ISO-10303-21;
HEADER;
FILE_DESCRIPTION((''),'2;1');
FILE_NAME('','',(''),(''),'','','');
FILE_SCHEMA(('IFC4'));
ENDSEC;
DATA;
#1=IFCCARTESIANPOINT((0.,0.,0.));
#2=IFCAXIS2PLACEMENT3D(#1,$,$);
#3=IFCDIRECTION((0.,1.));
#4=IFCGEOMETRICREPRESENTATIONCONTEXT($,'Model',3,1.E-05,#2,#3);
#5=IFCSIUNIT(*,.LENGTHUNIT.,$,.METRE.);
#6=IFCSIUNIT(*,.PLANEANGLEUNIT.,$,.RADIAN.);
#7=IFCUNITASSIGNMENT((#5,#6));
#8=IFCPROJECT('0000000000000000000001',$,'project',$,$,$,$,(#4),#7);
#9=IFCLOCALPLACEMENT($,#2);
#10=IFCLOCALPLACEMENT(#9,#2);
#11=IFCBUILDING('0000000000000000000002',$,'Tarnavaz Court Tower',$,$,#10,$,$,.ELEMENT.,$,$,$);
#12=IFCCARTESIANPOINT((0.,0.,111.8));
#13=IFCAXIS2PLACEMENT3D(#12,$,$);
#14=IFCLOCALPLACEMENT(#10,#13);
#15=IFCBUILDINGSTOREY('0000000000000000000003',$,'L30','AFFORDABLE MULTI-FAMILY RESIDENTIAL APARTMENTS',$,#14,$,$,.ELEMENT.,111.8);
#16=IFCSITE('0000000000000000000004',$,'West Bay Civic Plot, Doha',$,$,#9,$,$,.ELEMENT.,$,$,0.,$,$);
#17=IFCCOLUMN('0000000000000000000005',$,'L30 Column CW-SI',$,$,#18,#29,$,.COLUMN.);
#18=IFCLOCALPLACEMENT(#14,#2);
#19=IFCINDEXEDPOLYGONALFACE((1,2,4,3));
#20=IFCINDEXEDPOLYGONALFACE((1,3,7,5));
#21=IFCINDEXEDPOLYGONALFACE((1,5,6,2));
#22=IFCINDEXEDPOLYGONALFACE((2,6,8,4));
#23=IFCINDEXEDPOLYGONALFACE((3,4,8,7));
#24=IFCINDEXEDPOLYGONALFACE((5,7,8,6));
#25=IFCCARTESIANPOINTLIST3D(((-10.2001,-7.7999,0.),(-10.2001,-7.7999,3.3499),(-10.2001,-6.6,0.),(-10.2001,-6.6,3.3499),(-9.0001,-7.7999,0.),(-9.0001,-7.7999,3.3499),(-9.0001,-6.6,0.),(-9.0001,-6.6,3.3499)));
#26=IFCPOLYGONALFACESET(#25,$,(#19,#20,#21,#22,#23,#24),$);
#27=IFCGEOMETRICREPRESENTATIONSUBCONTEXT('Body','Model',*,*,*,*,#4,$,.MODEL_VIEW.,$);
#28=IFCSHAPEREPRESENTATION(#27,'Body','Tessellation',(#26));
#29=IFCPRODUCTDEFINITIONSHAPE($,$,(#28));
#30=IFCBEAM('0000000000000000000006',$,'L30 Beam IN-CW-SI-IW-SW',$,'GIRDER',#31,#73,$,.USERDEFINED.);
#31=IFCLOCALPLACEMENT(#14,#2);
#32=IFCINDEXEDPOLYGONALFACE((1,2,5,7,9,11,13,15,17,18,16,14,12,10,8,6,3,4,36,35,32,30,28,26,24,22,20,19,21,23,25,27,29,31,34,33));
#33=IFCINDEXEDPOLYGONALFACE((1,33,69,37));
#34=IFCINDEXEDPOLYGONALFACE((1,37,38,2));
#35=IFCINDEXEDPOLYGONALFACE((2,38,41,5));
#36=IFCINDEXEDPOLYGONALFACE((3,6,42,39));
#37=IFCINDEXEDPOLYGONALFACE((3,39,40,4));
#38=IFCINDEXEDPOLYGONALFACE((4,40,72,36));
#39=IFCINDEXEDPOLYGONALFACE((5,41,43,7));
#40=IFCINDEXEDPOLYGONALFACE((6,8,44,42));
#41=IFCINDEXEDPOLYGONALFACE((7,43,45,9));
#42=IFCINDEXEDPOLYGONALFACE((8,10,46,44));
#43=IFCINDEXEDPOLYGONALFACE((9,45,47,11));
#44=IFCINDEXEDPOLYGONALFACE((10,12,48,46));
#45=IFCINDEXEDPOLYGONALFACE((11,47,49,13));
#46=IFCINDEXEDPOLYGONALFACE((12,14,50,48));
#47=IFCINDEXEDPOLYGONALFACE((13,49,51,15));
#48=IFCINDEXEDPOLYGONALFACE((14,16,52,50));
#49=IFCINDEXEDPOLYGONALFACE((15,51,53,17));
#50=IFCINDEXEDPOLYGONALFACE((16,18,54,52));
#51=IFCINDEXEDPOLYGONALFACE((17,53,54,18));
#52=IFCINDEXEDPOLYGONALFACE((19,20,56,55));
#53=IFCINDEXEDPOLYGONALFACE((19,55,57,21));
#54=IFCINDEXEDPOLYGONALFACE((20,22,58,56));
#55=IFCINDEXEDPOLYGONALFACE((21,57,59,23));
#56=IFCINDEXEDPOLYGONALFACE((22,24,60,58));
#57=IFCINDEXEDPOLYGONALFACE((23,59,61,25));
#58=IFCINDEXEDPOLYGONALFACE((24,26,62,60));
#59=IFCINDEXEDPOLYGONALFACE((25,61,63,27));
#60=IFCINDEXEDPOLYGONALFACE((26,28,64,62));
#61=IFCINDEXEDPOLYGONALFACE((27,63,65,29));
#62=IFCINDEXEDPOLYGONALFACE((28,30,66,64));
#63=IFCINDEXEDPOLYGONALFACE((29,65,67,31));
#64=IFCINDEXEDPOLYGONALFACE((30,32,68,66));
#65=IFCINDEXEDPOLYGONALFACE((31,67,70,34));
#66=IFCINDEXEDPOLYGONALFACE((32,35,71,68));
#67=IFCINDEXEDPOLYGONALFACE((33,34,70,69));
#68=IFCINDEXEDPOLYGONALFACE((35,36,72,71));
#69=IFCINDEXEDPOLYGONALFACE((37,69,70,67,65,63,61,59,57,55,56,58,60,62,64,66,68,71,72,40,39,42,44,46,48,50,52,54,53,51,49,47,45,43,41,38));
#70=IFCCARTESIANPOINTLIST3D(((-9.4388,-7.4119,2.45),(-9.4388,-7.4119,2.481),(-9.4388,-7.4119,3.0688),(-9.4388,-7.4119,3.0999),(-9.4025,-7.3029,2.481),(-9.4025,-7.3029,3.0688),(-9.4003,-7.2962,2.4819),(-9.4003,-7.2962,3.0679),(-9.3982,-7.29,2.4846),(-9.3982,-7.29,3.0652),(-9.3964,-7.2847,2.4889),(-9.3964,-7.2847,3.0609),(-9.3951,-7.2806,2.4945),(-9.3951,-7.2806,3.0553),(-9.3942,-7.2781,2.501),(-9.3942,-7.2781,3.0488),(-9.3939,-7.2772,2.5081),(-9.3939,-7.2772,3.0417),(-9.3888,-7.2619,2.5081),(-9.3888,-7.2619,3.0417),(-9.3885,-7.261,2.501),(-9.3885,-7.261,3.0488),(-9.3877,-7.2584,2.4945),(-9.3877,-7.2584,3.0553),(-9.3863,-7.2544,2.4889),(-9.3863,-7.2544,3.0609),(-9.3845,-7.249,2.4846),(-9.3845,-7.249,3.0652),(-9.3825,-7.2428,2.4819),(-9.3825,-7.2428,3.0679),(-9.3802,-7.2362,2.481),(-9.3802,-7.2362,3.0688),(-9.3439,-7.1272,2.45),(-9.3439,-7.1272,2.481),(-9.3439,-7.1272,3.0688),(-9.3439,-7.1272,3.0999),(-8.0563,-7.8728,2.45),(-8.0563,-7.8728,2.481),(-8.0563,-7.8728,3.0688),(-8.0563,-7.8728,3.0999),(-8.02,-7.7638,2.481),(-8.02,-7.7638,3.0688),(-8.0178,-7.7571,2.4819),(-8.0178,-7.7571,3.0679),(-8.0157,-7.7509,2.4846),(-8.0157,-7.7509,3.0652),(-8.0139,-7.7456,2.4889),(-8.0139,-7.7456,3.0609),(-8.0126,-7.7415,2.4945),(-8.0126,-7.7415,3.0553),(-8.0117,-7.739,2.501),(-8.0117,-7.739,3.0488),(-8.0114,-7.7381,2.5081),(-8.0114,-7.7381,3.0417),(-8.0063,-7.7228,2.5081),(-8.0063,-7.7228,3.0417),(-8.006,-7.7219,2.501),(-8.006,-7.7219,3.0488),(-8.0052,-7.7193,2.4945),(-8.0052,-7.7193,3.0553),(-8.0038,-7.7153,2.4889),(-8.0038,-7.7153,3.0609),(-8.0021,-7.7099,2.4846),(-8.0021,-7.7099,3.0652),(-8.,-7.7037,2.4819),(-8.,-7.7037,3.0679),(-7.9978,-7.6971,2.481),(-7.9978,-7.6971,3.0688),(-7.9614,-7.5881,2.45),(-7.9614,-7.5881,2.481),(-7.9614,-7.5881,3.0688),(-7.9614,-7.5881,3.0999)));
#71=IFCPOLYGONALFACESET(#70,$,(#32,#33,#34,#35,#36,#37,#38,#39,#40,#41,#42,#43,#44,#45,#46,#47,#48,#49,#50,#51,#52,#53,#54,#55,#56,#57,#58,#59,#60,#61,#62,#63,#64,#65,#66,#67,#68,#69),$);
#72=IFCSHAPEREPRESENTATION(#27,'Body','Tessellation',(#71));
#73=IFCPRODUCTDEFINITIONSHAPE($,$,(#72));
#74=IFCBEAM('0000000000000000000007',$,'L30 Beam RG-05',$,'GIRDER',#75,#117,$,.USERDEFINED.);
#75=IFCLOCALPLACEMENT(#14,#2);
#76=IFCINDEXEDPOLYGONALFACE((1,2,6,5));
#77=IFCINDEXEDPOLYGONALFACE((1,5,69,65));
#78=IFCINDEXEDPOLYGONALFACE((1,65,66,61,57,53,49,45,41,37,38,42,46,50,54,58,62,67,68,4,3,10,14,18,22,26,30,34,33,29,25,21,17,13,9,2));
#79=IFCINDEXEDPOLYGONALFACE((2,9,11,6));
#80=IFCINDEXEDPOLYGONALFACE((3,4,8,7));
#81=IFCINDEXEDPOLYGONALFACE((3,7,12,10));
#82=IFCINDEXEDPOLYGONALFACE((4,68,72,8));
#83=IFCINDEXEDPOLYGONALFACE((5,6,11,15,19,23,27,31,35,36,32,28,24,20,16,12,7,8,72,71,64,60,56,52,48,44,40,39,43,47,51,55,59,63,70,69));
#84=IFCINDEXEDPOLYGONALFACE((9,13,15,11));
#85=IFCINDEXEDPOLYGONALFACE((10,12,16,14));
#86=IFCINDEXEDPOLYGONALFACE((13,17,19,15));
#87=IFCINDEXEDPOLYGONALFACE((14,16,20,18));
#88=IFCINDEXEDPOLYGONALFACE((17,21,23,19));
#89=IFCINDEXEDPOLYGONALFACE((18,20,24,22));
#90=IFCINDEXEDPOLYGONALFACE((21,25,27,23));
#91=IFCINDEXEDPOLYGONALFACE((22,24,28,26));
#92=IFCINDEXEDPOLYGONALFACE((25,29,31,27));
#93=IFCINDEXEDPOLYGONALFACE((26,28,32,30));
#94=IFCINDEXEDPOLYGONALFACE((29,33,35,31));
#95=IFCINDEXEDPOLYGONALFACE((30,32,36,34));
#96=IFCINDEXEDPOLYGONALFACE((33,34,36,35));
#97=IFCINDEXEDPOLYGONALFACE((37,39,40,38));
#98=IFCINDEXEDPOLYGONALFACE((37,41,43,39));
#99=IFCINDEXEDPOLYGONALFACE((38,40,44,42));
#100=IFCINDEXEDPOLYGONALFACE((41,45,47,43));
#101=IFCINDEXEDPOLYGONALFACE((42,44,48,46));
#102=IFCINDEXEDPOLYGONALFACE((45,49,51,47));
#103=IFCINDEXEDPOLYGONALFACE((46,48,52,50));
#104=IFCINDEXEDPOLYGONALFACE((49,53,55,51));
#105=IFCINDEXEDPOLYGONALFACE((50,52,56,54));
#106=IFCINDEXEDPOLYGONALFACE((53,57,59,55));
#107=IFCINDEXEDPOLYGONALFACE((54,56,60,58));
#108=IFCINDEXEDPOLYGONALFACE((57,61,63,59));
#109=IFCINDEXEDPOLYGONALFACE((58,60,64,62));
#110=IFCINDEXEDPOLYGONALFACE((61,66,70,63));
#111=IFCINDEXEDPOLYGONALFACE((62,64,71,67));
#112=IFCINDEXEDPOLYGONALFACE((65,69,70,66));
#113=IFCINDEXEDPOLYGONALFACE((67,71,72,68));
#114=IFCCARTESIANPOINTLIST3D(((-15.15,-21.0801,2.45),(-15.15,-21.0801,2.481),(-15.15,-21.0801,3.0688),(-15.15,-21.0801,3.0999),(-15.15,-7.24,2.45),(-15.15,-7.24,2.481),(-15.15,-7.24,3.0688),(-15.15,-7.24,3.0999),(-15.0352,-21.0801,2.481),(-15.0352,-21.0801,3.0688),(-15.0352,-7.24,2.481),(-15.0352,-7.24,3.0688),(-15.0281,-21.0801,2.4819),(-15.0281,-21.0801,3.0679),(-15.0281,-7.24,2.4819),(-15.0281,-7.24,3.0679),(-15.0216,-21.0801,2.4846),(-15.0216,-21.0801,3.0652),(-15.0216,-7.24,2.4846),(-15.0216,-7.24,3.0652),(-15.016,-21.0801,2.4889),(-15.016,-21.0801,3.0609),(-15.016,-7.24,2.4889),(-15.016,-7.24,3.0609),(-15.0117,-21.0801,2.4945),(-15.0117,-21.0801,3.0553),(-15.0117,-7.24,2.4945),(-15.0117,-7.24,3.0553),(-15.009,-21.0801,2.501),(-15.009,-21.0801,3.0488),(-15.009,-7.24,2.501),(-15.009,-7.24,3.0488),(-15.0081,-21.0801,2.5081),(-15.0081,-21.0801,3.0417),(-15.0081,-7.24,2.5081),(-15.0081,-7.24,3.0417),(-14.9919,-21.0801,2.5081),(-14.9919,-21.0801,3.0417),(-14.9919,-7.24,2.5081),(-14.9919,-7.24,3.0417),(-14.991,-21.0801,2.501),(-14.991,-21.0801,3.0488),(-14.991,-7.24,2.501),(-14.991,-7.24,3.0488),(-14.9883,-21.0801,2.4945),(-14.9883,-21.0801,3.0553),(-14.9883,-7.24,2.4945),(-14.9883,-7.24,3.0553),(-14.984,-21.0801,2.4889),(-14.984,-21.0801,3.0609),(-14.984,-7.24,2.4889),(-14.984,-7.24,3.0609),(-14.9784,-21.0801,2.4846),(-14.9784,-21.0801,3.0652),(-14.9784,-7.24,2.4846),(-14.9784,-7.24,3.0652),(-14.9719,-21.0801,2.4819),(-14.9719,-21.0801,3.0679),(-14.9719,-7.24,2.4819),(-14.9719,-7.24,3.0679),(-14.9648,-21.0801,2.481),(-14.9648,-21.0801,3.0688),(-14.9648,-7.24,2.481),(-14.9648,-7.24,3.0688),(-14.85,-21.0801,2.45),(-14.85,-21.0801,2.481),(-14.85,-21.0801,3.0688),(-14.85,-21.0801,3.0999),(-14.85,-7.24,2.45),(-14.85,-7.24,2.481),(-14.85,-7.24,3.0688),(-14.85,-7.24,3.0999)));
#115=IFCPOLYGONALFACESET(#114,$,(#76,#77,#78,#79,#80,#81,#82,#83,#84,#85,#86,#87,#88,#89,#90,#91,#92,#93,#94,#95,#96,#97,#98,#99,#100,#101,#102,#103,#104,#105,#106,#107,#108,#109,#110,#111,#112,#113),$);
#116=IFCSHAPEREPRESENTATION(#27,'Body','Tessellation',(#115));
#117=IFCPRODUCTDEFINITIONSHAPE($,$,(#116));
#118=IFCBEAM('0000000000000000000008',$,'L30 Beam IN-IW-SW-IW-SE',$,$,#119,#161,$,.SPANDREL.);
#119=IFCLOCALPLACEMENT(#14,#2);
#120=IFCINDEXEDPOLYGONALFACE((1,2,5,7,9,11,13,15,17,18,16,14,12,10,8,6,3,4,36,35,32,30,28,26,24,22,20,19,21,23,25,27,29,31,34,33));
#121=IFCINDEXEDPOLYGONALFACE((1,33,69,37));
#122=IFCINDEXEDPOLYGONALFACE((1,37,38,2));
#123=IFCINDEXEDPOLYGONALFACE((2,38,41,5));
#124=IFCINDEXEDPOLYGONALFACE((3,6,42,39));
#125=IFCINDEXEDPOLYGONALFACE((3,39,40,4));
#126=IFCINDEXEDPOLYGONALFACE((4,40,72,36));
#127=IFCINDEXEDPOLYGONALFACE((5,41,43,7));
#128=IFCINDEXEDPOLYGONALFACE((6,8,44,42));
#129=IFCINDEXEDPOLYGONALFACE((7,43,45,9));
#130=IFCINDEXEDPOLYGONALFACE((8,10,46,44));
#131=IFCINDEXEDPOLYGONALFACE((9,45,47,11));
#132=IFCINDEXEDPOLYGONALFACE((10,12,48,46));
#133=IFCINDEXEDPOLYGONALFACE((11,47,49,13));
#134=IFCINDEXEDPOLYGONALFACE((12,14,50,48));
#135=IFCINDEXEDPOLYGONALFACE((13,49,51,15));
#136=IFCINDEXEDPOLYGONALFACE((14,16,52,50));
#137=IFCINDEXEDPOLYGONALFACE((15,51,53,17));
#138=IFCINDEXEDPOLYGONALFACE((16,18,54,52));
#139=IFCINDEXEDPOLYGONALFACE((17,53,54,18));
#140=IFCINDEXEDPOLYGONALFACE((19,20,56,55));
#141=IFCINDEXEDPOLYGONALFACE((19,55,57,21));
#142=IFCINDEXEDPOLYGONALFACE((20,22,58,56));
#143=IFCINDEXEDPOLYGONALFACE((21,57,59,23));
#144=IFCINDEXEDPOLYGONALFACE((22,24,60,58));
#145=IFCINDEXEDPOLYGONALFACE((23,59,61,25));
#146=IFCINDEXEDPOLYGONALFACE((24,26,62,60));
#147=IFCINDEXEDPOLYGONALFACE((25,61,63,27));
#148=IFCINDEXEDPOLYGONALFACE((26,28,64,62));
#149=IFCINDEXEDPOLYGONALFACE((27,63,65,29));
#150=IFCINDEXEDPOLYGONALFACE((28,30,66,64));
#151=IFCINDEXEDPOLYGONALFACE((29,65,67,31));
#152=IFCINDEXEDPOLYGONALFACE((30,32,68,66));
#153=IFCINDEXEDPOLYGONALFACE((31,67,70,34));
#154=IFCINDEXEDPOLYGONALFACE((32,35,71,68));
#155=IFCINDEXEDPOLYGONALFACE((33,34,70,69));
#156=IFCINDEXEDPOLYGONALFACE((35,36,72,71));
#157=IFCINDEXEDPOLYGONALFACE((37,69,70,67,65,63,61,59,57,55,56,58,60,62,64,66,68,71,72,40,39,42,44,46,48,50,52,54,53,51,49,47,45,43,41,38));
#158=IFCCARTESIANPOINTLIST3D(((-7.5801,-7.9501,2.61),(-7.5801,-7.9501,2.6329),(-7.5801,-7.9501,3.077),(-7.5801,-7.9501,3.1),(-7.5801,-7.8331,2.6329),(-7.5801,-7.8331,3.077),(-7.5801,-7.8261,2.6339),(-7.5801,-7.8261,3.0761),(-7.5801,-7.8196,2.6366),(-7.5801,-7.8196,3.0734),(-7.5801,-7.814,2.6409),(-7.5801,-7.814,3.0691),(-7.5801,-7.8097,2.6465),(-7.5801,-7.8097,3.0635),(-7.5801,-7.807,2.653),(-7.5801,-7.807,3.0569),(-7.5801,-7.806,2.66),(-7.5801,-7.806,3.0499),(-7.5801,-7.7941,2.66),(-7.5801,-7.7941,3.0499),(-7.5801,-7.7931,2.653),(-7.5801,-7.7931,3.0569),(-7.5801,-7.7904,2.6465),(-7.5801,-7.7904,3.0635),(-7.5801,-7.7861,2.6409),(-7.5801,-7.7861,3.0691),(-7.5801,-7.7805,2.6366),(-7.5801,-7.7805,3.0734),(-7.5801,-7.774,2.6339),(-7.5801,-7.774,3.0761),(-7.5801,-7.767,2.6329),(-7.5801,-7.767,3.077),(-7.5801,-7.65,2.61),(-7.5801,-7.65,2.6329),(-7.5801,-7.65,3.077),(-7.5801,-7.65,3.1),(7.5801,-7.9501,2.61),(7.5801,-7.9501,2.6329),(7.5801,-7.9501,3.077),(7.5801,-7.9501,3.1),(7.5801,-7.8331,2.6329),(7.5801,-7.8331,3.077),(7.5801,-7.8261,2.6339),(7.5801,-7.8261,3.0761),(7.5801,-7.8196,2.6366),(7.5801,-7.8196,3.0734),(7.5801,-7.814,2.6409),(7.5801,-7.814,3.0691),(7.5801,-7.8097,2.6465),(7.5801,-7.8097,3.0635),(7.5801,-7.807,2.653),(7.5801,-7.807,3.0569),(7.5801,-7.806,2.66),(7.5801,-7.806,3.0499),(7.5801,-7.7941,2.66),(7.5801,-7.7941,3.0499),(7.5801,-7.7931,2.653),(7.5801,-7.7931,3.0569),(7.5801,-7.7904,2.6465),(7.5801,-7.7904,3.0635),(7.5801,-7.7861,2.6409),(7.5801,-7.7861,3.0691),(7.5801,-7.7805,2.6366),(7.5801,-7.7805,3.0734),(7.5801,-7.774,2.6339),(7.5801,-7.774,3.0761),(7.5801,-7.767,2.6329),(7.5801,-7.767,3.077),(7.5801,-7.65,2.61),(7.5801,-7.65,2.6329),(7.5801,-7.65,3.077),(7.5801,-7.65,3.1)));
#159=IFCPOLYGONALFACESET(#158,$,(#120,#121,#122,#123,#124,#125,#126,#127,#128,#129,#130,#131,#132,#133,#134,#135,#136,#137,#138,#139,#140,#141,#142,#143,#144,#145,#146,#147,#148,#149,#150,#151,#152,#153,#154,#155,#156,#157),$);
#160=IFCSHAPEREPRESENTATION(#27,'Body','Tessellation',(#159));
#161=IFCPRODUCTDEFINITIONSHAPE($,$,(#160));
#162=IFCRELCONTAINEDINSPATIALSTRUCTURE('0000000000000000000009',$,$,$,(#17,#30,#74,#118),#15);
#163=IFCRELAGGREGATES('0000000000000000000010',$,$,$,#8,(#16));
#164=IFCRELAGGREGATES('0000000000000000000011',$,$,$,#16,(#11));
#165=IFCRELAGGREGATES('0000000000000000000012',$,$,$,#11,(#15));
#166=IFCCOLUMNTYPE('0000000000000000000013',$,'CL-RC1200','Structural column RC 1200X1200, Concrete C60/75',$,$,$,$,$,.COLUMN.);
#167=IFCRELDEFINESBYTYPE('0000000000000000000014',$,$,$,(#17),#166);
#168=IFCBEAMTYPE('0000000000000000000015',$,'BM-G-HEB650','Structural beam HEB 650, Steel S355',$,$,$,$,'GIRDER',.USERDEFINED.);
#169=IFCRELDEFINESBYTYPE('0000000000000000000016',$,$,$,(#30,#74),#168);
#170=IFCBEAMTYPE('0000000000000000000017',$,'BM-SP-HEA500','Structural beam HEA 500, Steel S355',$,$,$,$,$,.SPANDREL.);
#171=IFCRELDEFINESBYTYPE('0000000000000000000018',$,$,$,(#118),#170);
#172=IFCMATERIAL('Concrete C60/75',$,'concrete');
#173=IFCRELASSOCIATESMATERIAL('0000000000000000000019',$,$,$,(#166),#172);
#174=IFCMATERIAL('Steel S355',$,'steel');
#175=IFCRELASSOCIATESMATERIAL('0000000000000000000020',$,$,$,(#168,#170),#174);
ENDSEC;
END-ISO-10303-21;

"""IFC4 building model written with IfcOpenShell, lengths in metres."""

from ifc_helpers import new_model, si_unit, direction, frame, origin, origin_2d, place, context, subcontext, project, spatial, rectangle, i_section, extrude, material, material_profile, profile_set, type_object, element, save


model = new_model("IFC4")

# Units and contexts
model_context = context("Model", 3, precision=1e-05, world=origin(), true_north=direction((0.0, 1.0)))
body_context = subcontext(model_context, "Body", "Model", "MODEL_VIEW")
ifc_project = project(units=[si_unit("LENGTHUNIT", "METRE"), si_unit("PLANEANGLEUNIT", "RADIAN")], contexts=[model_context])

# Site, building, storey
site_placement = place(None, origin())
site = spatial("IfcSite", under=ifc_project, at=site_placement, Name="West Bay Civic Plot, Doha", CompositionType="ELEMENT", RefElevation=0.0)
building_placement = place(site_placement, origin())
building = spatial("IfcBuilding", under=site, at=building_placement, Name="Tarnavaz Court Tower", CompositionType="ELEMENT")
storey_placement = place(building_placement, frame((0.0, 0.0, 111.8)))
storey = spatial("IfcBuildingStorey", under=building, at=storey_placement, Name="L30", Description="AFFORDABLE MULTI-FAMILY RESIDENTIAL APARTMENTS", CompositionType="ELEMENT", Elevation=111.8)

# Column
ifc_material_1 = material(Name="Concrete C60/75", Category="concrete")
ifc_material_profile_1 = material_profile(ifc_material_1, rectangle(XDim=1.2, YDim=1.2, at=origin_2d()), Name="RC 1200X1200")
ifc_profile_set_1 = profile_set([ifc_material_profile_1], Name="Concrete C60/75")
column_type = type_object("IfcColumnType", Name="CL-RC1200", Description="Structural column RC 1200X1200, Concrete C60/75", PredefinedType="COLUMN", material=ifc_profile_set_1)
column_placement = place(storey_placement, frame((-9.6001, -7.2, 0.0), z_axis=(0.0, 0.0, 1.0), x_axis=(1.0, 0.0, 0.0)))
element("IfcColumn", 1, at=column_placement, inside=storey, type_object=column_type, Name="L30 Column CW-SI", PredefinedType="COLUMN", context=body_context, shape_type="SweptSolid", body=[
    extrude(rectangle(XDim=1.2, YDim=1.2, at=origin_2d()), origin(), (0.0, 0.0, 1.0), 3.3499),
])

# Beams
ifc_material_2 = material(Name="Steel S355", Category="steel")
ifc_material_profile_2 = material_profile(ifc_material_2, i_section(OverallWidth=0.3, OverallDepth=0.6499, WebThickness=0.0161, FlangeThickness=0.031, FilletRadius=0.0271, at=origin_2d()), Name="HEB 650")
ifc_profile_set_2 = profile_set([ifc_material_profile_2], Name="Steel S355")
beam_type_1 = type_object("IfcBeamType", Name="BM-G-HEB650", Description="Structural beam HEB 650, Steel S355", ElementType="GIRDER", PredefinedType="USERDEFINED", material=ifc_profile_set_2)
beam_1_placement = place(storey_placement, frame((-9.3914, -7.2695, 2.7749), z_axis=(0.948667, -0.316278, 0.0), x_axis=(0.316278, 0.948667, 0.0)))
element("IfcBeam", 2, at=beam_1_placement, inside=storey, type_object=beam_type_1, Name="L30 Beam IN-CW-SI-IW-SW", ObjectType="GIRDER", PredefinedType="USERDEFINED", context=body_context, shape_type="SweptSolid", body=[
    extrude(i_section(OverallWidth=0.3, OverallDepth=0.6499, WebThickness=0.0161, FlangeThickness=0.031, FilletRadius=0.0271, at=origin_2d()), origin(), (0.0, 0.0, 1.0), 1.4573),
])
beam_2_placement = place(storey_placement, frame((-15.0, -7.24, 2.7749), z_axis=(0.0, -1.0, 0.0), x_axis=(1.0, 0.0, 0.0)))
element("IfcBeam", 3, at=beam_2_placement, inside=storey, type_object=beam_type_1, Name="L30 Beam RG-05", ObjectType="GIRDER", PredefinedType="USERDEFINED", context=body_context, shape_type="SweptSolid", body=[
    extrude(i_section(OverallWidth=0.3, OverallDepth=0.6499, WebThickness=0.0161, FlangeThickness=0.031, FilletRadius=0.0271, at=origin_2d()), origin(), (0.0, 0.0, 1.0), 13.8401),
])
ifc_material_profile_3 = material_profile(ifc_material_2, i_section(OverallWidth=0.3, OverallDepth=0.49, WebThickness=0.012, FlangeThickness=0.0229, FilletRadius=0.0271, at=origin_2d()), Name="HEA 500")
ifc_profile_set_3 = profile_set([ifc_material_profile_3], Name="Steel S355")
beam_type_2 = type_object("IfcBeamType", Name="BM-SP-HEA500", Description="Structural beam HEA 500, Steel S355", PredefinedType="SPANDREL", material=ifc_profile_set_3)
for number, where, z_axis, x_axis, name in (
    (4, (-7.5801, -7.8, 2.855), (1.0, 0.0, 0.0), (0.0, 1.0, 0.0), "L30 Beam IN-IW-SW-IW-SE"),
):
    element("IfcBeam", number, at=place(storey_placement, frame(where, z_axis=z_axis, x_axis=x_axis)), inside=storey, type_object=beam_type_2, Name=name, PredefinedType="SPANDREL", context=body_context, shape_type="SweptSolid", body=[
        extrude(i_section(OverallWidth=0.3, OverallDepth=0.49, WebThickness=0.012, FlangeThickness=0.0229, FilletRadius=0.0271, at=origin_2d()), origin(), (0.0, 0.0, 1.0), 15.1602),
    ])

save(model, "model.ifc")
